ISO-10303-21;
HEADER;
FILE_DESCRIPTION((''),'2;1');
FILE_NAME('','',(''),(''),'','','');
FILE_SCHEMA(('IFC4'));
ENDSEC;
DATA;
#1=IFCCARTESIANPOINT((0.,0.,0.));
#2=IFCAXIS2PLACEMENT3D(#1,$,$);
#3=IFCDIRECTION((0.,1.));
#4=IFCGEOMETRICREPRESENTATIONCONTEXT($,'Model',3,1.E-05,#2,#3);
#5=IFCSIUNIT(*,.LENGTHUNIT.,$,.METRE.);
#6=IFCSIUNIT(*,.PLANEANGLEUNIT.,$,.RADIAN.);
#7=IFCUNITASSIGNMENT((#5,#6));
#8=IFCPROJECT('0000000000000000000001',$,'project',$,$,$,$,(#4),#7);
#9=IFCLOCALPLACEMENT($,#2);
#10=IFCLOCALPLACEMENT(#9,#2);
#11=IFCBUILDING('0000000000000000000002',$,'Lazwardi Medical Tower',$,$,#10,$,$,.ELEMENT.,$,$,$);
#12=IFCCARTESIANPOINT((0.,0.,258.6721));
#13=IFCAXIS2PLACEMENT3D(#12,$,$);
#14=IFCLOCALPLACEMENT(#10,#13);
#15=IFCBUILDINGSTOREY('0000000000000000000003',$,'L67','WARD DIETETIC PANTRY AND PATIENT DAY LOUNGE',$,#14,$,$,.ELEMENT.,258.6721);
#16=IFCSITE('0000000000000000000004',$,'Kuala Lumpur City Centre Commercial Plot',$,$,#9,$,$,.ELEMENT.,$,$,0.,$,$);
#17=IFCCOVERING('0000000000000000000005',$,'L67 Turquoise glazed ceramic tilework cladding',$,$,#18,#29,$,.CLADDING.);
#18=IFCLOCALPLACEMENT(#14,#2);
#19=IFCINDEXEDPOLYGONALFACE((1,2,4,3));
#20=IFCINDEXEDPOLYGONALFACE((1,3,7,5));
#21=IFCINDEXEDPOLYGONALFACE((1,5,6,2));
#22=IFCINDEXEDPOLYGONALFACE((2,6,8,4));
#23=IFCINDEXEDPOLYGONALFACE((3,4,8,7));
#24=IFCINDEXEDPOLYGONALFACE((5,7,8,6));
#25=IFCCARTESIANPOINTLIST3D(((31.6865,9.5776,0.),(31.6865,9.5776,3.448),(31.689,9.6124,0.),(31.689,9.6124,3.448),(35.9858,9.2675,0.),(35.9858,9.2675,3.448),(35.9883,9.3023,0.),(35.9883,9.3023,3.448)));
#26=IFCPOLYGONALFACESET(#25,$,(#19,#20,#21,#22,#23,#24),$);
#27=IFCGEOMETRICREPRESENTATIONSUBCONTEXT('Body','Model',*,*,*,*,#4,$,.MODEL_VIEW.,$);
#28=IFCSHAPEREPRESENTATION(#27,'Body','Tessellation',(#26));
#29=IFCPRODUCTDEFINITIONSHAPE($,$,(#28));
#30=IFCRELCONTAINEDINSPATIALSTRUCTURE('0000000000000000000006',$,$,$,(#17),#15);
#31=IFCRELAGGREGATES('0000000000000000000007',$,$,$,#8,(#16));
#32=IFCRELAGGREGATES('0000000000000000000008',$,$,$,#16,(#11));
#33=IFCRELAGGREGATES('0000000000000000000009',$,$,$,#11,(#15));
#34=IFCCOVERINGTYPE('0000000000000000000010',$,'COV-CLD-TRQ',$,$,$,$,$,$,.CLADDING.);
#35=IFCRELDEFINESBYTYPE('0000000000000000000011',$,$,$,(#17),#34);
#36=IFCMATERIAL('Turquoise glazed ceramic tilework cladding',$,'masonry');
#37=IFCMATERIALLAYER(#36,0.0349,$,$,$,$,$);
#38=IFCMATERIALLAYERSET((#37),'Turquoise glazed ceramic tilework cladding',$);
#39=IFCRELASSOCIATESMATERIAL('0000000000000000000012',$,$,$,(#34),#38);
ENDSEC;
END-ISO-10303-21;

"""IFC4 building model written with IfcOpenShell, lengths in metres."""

from ifc_helpers import new_model, si_unit, direction, frame, origin, origin_2d, place, context, subcontext, project, spatial, rectangle, extrude, material, layer, layer_set, type_object, element, save


model = new_model("IFC4")

# Units and contexts
model_context = context("Model", 3, precision=1e-05, world=origin(), true_north=direction((0.0, 1.0)))
body_context = subcontext(model_context, "Body", "Model", "MODEL_VIEW")
ifc_project = project(units=[si_unit("LENGTHUNIT", "METRE"), si_unit("PLANEANGLEUNIT", "RADIAN")], contexts=[model_context])

# Site, building, storey
site_placement = place(None, origin())
site = spatial("IfcSite", under=ifc_project, at=site_placement, Name="Kuala Lumpur City Centre Commercial Plot", CompositionType="ELEMENT", RefElevation=0.0)
building_placement = place(site_placement, origin())
building = spatial("IfcBuilding", under=site, at=building_placement, Name="Lazwardi Medical Tower", CompositionType="ELEMENT")
storey_placement = place(building_placement, frame((0.0, 0.0, 258.6721)))
storey = spatial("IfcBuildingStorey", under=building, at=storey_placement, Name="L67", Description="WARD DIETETIC PANTRY AND PATIENT DAY LOUNGE", CompositionType="ELEMENT", Elevation=258.6721)

# Covering
ifc_material_1 = material(Name="Turquoise glazed ceramic tilework cladding", Category="masonry")
ifc_layer_1 = layer(ifc_material_1, 0.0349)
ifc_layer_set_1 = layer_set([ifc_layer_1], Name="Turquoise glazed ceramic tilework cladding")
covering_type_1 = type_object("IfcCoveringType", Name="COV-CLD-TRQ", PredefinedType="CLADDING", material=ifc_layer_set_1)
covering_1_placement = place(storey_placement, frame((33.8374, 9.4399, 0.0), z_axis=(0.0, 0.0, 1.0), x_axis=(0.997409, -0.07194, 0.0)))
element("IfcCovering", 1, at=covering_1_placement, inside=storey, type_object=covering_type_1, Name="L67 Turquoise glazed ceramic tilework cladding", PredefinedType="CLADDING", context=body_context, shape_type="SweptSolid", body=[
    extrude(rectangle(XDim=4.3105, YDim=0.0349, at=origin_2d()), origin(), (0.0, 0.0, 1.0), 3.448),
])

save(model, "model.ifc")
